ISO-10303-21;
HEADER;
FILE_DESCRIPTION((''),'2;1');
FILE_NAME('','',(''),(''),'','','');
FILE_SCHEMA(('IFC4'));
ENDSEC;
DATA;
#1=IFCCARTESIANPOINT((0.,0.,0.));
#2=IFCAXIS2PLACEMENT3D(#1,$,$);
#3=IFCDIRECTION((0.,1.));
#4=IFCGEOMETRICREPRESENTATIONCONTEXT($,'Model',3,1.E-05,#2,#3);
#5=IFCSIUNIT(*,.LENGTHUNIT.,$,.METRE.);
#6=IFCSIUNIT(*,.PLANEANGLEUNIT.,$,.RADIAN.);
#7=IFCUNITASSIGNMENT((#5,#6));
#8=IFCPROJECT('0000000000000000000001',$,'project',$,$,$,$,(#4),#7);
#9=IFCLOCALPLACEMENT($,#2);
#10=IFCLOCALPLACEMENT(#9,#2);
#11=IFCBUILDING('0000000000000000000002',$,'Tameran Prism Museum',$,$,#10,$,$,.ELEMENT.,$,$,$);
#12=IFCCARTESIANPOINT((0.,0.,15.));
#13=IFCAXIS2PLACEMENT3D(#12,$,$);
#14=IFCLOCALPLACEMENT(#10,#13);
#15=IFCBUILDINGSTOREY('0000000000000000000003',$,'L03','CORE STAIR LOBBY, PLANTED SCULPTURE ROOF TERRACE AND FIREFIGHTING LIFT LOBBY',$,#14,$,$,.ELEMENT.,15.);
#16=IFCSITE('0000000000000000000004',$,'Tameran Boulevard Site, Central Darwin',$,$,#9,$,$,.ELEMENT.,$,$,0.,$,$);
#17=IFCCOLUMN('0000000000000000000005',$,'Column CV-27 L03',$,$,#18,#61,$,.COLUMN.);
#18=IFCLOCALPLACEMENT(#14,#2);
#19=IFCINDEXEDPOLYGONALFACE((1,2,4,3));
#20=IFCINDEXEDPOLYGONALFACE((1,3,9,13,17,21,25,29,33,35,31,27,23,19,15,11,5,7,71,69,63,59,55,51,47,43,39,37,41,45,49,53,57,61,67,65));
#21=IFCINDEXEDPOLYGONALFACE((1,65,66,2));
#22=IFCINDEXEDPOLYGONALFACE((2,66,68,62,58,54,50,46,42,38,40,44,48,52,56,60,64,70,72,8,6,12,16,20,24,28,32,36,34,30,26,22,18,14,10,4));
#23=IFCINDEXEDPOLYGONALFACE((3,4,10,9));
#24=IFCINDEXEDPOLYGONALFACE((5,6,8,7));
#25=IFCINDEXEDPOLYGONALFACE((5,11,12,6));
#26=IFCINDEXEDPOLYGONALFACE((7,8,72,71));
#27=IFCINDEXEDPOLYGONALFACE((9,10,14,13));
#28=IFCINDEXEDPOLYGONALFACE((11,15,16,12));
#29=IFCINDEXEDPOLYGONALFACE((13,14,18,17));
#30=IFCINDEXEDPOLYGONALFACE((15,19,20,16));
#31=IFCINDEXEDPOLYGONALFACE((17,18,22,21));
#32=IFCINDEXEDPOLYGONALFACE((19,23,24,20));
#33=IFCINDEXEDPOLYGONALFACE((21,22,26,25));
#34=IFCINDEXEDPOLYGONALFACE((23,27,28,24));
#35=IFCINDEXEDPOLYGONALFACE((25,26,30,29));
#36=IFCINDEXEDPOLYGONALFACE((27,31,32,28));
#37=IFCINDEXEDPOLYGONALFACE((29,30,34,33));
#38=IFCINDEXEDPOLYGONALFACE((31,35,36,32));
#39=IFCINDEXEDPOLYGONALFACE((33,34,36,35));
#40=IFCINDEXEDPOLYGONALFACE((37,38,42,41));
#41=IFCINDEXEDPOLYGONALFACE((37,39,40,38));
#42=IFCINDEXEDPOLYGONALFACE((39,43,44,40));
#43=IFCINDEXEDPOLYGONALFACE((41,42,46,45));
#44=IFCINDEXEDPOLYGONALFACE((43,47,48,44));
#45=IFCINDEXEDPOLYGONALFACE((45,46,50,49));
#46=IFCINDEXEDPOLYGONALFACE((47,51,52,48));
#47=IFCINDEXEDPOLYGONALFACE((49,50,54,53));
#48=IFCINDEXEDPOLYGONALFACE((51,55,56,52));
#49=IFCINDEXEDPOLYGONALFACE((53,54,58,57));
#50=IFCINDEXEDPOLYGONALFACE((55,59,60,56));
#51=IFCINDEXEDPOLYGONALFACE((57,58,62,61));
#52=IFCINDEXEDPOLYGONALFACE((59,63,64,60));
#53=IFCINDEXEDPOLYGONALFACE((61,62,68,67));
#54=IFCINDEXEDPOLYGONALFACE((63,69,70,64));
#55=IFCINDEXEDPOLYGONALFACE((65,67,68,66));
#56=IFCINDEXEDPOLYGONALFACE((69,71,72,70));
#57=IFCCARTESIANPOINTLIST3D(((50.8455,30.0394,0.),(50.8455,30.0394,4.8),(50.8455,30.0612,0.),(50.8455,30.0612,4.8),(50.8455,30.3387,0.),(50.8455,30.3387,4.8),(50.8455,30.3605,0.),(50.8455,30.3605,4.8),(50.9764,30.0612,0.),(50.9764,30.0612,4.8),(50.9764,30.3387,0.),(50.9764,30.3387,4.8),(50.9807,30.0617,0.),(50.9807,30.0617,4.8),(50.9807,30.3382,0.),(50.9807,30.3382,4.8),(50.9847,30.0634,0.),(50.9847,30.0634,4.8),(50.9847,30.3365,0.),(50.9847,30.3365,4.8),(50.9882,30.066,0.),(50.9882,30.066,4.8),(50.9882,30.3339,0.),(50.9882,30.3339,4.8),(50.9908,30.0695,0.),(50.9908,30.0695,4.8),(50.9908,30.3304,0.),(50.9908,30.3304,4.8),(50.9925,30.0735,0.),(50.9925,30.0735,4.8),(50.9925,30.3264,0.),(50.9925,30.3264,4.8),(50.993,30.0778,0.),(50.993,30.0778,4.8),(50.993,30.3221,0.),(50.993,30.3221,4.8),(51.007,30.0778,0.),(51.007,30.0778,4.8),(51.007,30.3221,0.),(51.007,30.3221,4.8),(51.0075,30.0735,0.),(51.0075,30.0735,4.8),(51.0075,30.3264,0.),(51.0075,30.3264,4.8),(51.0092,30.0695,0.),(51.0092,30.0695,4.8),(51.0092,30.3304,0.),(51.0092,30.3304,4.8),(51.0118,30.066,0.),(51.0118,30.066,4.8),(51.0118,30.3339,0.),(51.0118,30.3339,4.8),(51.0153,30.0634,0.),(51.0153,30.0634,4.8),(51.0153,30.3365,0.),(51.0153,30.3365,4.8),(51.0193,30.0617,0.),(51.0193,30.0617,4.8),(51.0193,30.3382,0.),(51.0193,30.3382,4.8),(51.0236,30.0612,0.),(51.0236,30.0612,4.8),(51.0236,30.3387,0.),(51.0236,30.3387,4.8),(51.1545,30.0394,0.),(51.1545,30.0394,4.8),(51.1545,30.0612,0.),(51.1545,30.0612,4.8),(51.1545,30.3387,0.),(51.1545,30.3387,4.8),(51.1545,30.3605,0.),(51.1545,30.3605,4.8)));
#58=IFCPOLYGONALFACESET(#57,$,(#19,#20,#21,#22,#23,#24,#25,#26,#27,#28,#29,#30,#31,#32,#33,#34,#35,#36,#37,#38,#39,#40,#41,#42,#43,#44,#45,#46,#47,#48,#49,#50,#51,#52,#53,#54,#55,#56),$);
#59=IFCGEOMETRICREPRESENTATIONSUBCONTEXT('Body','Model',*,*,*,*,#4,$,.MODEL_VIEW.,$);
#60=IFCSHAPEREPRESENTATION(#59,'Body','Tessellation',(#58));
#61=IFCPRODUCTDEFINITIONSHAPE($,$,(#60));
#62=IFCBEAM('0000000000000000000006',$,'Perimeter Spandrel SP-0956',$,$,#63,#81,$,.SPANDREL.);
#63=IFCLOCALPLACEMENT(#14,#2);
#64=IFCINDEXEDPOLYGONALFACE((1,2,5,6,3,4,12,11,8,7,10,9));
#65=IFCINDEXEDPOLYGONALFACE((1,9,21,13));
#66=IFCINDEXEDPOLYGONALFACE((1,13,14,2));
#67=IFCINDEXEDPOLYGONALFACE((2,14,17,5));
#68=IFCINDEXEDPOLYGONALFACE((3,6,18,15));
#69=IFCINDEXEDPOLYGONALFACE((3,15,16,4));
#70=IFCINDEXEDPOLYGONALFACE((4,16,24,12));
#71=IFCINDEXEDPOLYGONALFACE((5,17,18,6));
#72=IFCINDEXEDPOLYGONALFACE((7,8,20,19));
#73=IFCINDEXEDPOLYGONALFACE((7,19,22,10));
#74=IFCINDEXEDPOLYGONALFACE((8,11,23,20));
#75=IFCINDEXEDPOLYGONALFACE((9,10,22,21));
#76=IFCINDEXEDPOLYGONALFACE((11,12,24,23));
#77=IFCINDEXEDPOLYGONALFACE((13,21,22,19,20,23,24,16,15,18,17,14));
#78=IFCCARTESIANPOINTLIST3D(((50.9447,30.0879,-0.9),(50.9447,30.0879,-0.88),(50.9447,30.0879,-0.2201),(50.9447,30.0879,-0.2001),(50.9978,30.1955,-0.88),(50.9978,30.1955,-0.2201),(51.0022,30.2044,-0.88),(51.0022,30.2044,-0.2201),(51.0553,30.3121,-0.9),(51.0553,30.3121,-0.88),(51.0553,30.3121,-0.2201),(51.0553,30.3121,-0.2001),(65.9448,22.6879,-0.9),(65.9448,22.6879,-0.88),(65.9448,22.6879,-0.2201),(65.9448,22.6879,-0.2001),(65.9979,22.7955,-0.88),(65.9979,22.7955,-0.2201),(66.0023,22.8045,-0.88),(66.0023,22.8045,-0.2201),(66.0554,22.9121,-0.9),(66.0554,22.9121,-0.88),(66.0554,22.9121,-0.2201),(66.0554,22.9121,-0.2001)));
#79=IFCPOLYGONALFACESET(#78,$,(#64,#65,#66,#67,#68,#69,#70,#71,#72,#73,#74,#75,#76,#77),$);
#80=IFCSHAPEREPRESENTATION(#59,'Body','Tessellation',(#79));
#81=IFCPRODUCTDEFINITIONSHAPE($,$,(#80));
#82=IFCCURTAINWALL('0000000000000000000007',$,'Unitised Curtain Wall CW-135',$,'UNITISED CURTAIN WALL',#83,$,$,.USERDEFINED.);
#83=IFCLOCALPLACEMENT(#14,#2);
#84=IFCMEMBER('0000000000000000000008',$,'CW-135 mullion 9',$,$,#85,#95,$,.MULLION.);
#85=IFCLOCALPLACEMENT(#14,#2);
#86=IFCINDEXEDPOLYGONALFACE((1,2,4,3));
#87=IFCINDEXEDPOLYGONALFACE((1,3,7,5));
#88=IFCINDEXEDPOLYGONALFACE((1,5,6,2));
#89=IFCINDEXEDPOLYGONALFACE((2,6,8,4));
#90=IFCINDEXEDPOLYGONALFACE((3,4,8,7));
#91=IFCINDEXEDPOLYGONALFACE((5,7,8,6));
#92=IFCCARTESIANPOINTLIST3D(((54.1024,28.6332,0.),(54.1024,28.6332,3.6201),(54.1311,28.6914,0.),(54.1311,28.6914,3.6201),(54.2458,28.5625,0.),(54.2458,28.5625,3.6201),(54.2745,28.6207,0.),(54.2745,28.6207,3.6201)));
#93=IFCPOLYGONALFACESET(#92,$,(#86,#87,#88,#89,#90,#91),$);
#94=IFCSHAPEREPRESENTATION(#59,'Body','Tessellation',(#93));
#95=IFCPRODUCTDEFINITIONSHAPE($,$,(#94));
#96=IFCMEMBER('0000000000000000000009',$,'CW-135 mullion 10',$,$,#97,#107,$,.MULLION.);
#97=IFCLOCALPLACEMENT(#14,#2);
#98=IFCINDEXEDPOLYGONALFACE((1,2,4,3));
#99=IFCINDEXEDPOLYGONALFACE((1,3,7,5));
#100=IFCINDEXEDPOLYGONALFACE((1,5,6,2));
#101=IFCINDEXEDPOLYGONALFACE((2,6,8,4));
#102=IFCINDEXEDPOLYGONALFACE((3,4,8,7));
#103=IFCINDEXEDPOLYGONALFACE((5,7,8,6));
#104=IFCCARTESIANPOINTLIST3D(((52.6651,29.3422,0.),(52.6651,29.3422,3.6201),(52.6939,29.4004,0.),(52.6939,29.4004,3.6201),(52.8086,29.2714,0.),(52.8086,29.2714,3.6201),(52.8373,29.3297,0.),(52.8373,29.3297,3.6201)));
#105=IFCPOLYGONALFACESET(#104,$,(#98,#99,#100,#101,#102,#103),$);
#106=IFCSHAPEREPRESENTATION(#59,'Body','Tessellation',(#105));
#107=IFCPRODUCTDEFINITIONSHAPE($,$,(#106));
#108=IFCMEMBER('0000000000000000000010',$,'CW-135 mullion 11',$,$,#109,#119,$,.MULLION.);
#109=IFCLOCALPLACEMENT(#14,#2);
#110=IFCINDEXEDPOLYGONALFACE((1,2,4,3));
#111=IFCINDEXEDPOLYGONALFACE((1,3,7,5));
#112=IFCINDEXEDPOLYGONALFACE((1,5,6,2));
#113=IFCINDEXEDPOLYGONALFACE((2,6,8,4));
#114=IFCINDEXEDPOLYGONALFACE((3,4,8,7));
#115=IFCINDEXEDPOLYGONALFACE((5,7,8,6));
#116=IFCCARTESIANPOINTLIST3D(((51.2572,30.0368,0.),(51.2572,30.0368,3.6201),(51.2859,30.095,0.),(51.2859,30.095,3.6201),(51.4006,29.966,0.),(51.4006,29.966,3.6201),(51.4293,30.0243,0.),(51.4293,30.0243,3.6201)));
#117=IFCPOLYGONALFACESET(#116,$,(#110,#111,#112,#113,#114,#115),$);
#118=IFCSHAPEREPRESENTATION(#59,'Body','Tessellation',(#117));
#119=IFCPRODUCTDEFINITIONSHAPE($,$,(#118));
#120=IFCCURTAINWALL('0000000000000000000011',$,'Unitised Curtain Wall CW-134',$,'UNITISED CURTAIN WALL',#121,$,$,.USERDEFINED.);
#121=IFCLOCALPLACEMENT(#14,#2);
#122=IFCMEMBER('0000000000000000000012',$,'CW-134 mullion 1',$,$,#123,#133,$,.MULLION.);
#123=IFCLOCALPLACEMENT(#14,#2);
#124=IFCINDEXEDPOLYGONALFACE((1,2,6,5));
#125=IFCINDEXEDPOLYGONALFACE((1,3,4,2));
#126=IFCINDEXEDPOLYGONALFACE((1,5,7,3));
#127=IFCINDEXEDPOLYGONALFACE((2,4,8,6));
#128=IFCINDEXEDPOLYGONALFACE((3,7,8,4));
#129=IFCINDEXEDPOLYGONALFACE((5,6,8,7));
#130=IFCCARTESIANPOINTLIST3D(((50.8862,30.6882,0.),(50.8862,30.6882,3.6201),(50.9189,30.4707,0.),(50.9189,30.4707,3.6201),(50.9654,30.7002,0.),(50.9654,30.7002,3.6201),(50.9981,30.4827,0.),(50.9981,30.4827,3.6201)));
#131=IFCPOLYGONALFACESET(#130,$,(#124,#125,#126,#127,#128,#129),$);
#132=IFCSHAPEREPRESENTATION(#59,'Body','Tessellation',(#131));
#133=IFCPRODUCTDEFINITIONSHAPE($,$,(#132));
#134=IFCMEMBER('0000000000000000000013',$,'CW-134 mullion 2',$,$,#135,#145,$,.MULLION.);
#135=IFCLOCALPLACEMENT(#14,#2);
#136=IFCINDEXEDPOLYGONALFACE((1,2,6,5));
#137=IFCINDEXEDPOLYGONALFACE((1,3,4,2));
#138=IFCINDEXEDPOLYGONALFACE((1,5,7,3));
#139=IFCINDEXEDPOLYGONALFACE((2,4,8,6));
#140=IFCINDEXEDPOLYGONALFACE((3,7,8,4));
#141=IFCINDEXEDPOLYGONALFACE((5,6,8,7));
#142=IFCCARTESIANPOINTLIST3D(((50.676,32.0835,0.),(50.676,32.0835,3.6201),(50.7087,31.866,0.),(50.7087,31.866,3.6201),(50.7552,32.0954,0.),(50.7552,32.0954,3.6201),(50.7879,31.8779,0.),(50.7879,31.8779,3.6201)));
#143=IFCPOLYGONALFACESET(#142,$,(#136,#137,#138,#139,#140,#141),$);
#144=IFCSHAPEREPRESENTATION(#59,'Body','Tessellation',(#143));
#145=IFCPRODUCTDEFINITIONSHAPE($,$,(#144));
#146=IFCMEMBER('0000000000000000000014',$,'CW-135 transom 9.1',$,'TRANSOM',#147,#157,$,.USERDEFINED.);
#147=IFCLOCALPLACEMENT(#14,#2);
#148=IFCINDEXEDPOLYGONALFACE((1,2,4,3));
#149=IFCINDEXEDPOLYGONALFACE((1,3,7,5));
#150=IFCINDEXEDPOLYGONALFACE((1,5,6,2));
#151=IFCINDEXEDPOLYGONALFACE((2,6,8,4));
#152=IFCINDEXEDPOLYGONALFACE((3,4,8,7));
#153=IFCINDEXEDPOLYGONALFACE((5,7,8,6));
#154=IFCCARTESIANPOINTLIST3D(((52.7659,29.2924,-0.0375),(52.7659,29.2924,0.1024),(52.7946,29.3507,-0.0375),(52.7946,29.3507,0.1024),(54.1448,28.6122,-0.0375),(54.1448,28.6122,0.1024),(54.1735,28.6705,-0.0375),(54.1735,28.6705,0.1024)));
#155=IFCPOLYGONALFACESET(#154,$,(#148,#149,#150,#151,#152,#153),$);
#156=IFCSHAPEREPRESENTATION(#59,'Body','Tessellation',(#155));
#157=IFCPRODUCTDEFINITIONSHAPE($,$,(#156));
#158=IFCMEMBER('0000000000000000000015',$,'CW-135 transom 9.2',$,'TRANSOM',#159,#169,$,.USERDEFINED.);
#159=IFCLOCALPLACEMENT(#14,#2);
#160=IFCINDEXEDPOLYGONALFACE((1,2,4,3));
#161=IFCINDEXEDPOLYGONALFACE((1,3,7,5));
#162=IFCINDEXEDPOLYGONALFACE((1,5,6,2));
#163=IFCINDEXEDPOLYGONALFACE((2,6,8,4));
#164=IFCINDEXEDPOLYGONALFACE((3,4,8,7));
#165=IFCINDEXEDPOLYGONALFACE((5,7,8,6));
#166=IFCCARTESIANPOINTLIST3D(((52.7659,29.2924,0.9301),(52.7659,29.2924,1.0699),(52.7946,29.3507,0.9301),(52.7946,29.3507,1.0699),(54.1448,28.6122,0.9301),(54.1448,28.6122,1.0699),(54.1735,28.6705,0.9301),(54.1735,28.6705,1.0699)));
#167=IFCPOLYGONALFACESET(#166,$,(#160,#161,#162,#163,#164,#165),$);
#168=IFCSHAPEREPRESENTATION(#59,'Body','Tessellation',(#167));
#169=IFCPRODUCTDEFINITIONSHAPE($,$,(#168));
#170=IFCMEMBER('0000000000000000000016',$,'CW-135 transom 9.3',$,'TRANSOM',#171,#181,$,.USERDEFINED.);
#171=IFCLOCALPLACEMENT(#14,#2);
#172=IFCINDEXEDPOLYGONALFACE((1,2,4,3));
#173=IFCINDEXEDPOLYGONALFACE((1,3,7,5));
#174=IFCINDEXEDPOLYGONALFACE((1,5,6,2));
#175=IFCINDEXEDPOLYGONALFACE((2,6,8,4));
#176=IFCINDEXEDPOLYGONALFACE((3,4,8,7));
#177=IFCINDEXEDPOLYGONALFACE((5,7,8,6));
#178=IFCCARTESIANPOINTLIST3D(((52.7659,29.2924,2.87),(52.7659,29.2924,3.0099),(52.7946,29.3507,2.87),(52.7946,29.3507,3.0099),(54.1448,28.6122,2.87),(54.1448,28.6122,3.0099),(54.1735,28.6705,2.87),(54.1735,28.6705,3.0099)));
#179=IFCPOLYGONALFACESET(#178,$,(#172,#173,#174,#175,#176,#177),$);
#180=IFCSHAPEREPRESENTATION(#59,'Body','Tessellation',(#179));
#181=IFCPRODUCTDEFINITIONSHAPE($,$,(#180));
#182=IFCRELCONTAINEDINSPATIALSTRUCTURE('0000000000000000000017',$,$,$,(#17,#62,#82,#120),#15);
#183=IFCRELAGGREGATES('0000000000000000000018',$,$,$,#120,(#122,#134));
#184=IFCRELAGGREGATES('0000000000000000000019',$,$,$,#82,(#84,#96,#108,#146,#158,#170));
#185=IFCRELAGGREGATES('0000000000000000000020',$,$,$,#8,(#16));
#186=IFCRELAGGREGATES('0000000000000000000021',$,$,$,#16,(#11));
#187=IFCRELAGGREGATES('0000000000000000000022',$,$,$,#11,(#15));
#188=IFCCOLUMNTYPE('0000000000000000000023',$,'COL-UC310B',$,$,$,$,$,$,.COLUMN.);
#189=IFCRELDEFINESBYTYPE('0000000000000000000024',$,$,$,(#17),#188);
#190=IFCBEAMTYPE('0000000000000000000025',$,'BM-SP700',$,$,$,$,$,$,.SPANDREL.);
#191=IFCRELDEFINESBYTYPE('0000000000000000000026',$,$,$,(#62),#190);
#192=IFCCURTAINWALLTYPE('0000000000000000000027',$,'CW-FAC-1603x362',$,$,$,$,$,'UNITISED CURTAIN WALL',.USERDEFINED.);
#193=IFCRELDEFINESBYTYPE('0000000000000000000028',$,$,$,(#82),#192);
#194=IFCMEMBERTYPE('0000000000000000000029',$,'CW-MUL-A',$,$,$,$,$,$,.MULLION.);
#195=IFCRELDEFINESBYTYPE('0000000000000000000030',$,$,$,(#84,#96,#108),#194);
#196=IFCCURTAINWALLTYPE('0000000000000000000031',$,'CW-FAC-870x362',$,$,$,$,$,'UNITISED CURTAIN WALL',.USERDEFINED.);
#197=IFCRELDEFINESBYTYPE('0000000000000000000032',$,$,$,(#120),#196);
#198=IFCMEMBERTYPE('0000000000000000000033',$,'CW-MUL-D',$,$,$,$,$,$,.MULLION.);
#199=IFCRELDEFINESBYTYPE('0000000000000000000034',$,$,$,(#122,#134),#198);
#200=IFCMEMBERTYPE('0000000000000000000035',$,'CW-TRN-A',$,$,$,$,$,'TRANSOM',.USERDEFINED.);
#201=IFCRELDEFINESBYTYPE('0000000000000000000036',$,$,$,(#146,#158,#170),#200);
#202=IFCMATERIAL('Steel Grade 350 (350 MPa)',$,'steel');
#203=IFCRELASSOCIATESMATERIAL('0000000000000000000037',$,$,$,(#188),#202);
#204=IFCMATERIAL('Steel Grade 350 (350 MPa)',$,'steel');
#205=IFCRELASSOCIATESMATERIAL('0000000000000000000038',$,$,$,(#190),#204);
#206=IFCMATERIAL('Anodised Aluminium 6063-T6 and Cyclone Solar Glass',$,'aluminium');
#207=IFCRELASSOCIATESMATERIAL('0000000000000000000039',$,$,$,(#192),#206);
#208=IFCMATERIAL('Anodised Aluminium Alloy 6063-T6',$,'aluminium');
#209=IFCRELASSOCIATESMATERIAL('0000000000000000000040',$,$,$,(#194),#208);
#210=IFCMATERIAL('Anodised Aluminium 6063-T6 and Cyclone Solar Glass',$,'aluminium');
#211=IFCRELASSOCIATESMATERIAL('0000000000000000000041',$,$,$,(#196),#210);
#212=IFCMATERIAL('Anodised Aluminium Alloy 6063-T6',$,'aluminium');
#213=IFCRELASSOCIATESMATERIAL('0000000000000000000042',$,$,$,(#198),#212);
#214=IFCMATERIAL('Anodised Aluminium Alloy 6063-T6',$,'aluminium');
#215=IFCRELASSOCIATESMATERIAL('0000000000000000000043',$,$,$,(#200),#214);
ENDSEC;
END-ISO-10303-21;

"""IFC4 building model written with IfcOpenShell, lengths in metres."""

from ifc_helpers import new_model, si_unit, direction, frame, origin, origin_2d, place, context, subcontext, project, spatial, rectangle, i_section, extrude, material, material_profile, profile_set, type_object, element, aggregate, save


model = new_model("IFC4")

# Units and contexts
model_context = context("Model", 3, precision=1e-05, world=origin(), true_north=direction((0.0, 1.0)))
body_context = subcontext(model_context, "Body", "Model", "MODEL_VIEW")
ifc_project = project(units=[si_unit("LENGTHUNIT", "METRE"), si_unit("PLANEANGLEUNIT", "RADIAN")], contexts=[model_context])

# Site, building, storey
site_placement = place(None, origin())
site = spatial("IfcSite", under=ifc_project, at=site_placement, Name="Tameran Boulevard Site, Central Darwin", CompositionType="ELEMENT", RefElevation=0.0)
building_placement = place(site_placement, origin())
building = spatial("IfcBuilding", under=site, at=building_placement, Name="Tameran Prism Museum", CompositionType="ELEMENT")
storey_placement = place(building_placement, frame((0.0, 0.0, 15.0)))
storey = spatial("IfcBuildingStorey", under=building, at=storey_placement, Name="L03", Description="CORE STAIR LOBBY, PLANTED SCULPTURE ROOF TERRACE AND FIREFIGHTING LIFT LOBBY", CompositionType="ELEMENT", Elevation=15.0)

# Column
ifc_material_1 = material(Name="Steel Grade 350 (350 MPa)", Category="steel")
ifc_material_profile_1 = material_profile(ifc_material_1, i_section(OverallWidth=0.3091, OverallDepth=0.321, WebThickness=0.0139, FlangeThickness=0.0217, FilletRadius=0.0166, at=origin_2d()))
ifc_profile_set_1 = profile_set([ifc_material_profile_1])
column_type = type_object("IfcColumnType", Name="COL-UC310B", PredefinedType="COLUMN", material=ifc_profile_set_1)
column_placement = place(storey_placement, frame((51.0, 30.2, 0.0), z_axis=(0.0, 0.0, 1.0), x_axis=(1.0, 0.0, 0.0)))
element("IfcColumn", 1, at=column_placement, inside=storey, type_object=column_type, Name="Column CV-27 L03", PredefinedType="COLUMN", context=body_context, shape_type="SweptSolid", body=[
    extrude(i_section(OverallWidth=0.3091, OverallDepth=0.321, WebThickness=0.0139, FlangeThickness=0.0217, FilletRadius=0.0166, at=origin_2d()), origin(), (0.0, 0.0, 1.0), 4.8),
])

# Beam
ifc_material_2 = material(Name="Steel Grade 350 (350 MPa)", Category="steel")
ifc_material_profile_2 = material_profile(ifc_material_2, i_section(OverallWidth=0.25, OverallDepth=0.7, WebThickness=0.01, FlangeThickness=0.02, at=origin_2d()))
ifc_profile_set_2 = profile_set([ifc_material_profile_2])
beam_type = type_object("IfcBeamType", Name="BM-SP700", PredefinedType="SPANDREL", material=ifc_profile_set_2)
beam_placement = place(storey_placement, frame((51.0, 30.2, -0.55), z_axis=(0.896808, -0.44242, 0.0), x_axis=(0.44242, 0.896808, 0.0)))
element("IfcBeam", 2, at=beam_placement, inside=storey, type_object=beam_type, Name="Perimeter Spandrel SP-0956", PredefinedType="SPANDREL", context=body_context, shape_type="SweptSolid", body=[
    extrude(i_section(OverallWidth=0.25, OverallDepth=0.7, WebThickness=0.01, FlangeThickness=0.02, at=origin_2d()), origin(), (0.0, 0.0, 1.0), 16.7261),
])

# Curtain walls, members
ifc_material_3 = material(Name="Anodised Aluminium 6063-T6 and Cyclone Solar Glass", Category="aluminium")
curtain_wall_type_1 = type_object("IfcCurtainWallType", Name="CW-FAC-1603x362", ElementType="UNITISED CURTAIN WALL", PredefinedType="USERDEFINED", material=ifc_material_3)
curtain_wall_1_placement = place(storey_placement, origin())
curtain_wall_1 = element("IfcCurtainWall", 3, at=curtain_wall_1_placement, inside=storey, type_object=curtain_wall_type_1, Name="Unitised Curtain Wall CW-135", ObjectType="UNITISED CURTAIN WALL", PredefinedType="USERDEFINED")
ifc_material_4 = material(Name="Anodised Aluminium Alloy 6063-T6", Category="aluminium")
ifc_material_profile_3 = material_profile(ifc_material_4, rectangle(XDim=0.0649, YDim=0.1599, at=origin_2d()))
ifc_profile_set_3 = profile_set([ifc_material_profile_3])
member_type_1 = type_object("IfcMemberType", Name="CW-MUL-A", PredefinedType="MULLION", material=ifc_profile_set_3)
member_1_placement = place(storey_placement, frame((54.1885, 28.627, 0.0), z_axis=(0.0, 0.0, 1.0), x_axis=(-0.442415, -0.896811, 0.0)))
member_1 = element("IfcMember", 4, at=member_1_placement, type_object=member_type_1, Name="CW-135 mullion 9", PredefinedType="MULLION", context=body_context, shape_type="SweptSolid", body=[
    extrude(rectangle(XDim=0.0649, YDim=0.1599, at=origin_2d()), origin(), (0.0, 0.0, 1.0), 3.6201),
])
member_2_placement = place(storey_placement, frame((52.7512, 29.3359, 0.0), z_axis=(0.0, 0.0, 1.0), x_axis=(-0.442415, -0.896811, 0.0)))
member_2 = element("IfcMember", 5, at=member_2_placement, type_object=member_type_1, Name="CW-135 mullion 10", PredefinedType="MULLION", context=body_context, shape_type="SweptSolid", body=[
    extrude(rectangle(XDim=0.0649, YDim=0.1599, at=origin_2d()), origin(), (0.0, 0.0, 1.0), 3.6201),
])
member_3_placement = place(storey_placement, frame((51.3433, 30.0305, 0.0), z_axis=(0.0, 0.0, 1.0), x_axis=(-0.442415, -0.896811, 0.0)))
member_3 = element("IfcMember", 6, at=member_3_placement, type_object=member_type_1, Name="CW-135 mullion 11", PredefinedType="MULLION", context=body_context, shape_type="SweptSolid", body=[
    extrude(rectangle(XDim=0.0649, YDim=0.1599, at=origin_2d()), origin(), (0.0, 0.0, 1.0), 3.6201),
])
ifc_material_5 = material(Name="Anodised Aluminium 6063-T6 and Cyclone Solar Glass", Category="aluminium")
curtain_wall_type_2 = type_object("IfcCurtainWallType", Name="CW-FAC-870x362", ElementType="UNITISED CURTAIN WALL", PredefinedType="USERDEFINED", material=ifc_material_5)
curtain_wall_2_placement = place(storey_placement, origin())
curtain_wall_2 = element("IfcCurtainWall", 7, at=curtain_wall_2_placement, inside=storey, type_object=curtain_wall_type_2, Name="Unitised Curtain Wall CW-134", ObjectType="UNITISED CURTAIN WALL", PredefinedType="USERDEFINED")
ifc_material_6 = material(Name="Anodised Aluminium Alloy 6063-T6", Category="aluminium")
ifc_material_profile_4 = material_profile(ifc_material_6, rectangle(XDim=0.0801, YDim=0.22, at=origin_2d()))
ifc_profile_set_4 = profile_set([ifc_material_profile_4])
member_type_2 = type_object("IfcMemberType", Name="CW-MUL-D", PredefinedType="MULLION", material=ifc_profile_set_4)
member_4_placement = place(storey_placement, frame((50.9421, 30.5854, 0.0), z_axis=(0.0, 0.0, 1.0), x_axis=(-0.988855, -0.14888, 0.0)))
member_4 = element("IfcMember", 8, at=member_4_placement, type_object=member_type_2, Name="CW-134 mullion 1", PredefinedType="MULLION", context=body_context, shape_type="SweptSolid", body=[
    extrude(rectangle(XDim=0.0801, YDim=0.22, at=origin_2d()), origin(), (0.0, 0.0, 1.0), 3.6201),
])
member_5_placement = place(storey_placement, frame((50.7319, 31.9807, 0.0), z_axis=(0.0, 0.0, 1.0), x_axis=(-0.988855, -0.14888, 0.0)))
member_5 = element("IfcMember", 9, at=member_5_placement, type_object=member_type_2, Name="CW-134 mullion 2", PredefinedType="MULLION", context=body_context, shape_type="SweptSolid", body=[
    extrude(rectangle(XDim=0.0801, YDim=0.22, at=origin_2d()), origin(), (0.0, 0.0, 1.0), 3.6201),
])

# Members
ifc_material_7 = material(Name="Anodised Aluminium Alloy 6063-T6", Category="aluminium")
ifc_material_profile_5 = material_profile(ifc_material_7, rectangle(XDim=0.0649, YDim=0.1399, at=origin_2d()))
ifc_profile_set_5 = profile_set([ifc_material_profile_5])
member_type_3 = type_object("IfcMemberType", Name="CW-TRN-A", ElementType="TRANSOM", PredefinedType="USERDEFINED", material=ifc_profile_set_5)
member_6_placement = place(storey_placement, frame((54.1592, 28.6414, 0.0325), z_axis=(-0.896828, 0.44238, 0.0), x_axis=(-0.44238, -0.896828, 0.0)))
member_6 = element("IfcMember", 10, at=member_6_placement, type_object=member_type_3, Name="CW-135 transom 9.1", ObjectType="TRANSOM", PredefinedType="USERDEFINED", context=body_context, shape_type="SweptSolid", body=[
    extrude(rectangle(XDim=0.0649, YDim=0.1399, at=origin_2d()), origin(), (0.0, 0.0, 1.0), 1.5376),
])
member_7_placement = place(storey_placement, frame((54.1592, 28.6414, 1.0), z_axis=(-0.896828, 0.44238, 0.0), x_axis=(-0.44238, -0.896828, 0.0)))
member_7 = element("IfcMember", 11, at=member_7_placement, type_object=member_type_3, Name="CW-135 transom 9.2", ObjectType="TRANSOM", PredefinedType="USERDEFINED", context=body_context, shape_type="SweptSolid", body=[
    extrude(rectangle(XDim=0.0649, YDim=0.1399, at=origin_2d()), origin(), (0.0, 0.0, 1.0), 1.5376),
])
member_8_placement = place(storey_placement, frame((54.1592, 28.6414, 2.9399), z_axis=(-0.896828, 0.44238, 0.0), x_axis=(-0.44238, -0.896828, 0.0)))
member_8 = element("IfcMember", 12, at=member_8_placement, type_object=member_type_3, Name="CW-135 transom 9.3", ObjectType="TRANSOM", PredefinedType="USERDEFINED", context=body_context, shape_type="SweptSolid", body=[
    extrude(rectangle(XDim=0.0649, YDim=0.1399, at=origin_2d()), origin(), (0.0, 0.0, 1.0), 1.5376),
])

aggregate(curtain_wall_2, [member_4, member_5])
aggregate(curtain_wall_1, [member_1, member_2, member_3, member_6, member_7, member_8])

save(model, "model.ifc")
